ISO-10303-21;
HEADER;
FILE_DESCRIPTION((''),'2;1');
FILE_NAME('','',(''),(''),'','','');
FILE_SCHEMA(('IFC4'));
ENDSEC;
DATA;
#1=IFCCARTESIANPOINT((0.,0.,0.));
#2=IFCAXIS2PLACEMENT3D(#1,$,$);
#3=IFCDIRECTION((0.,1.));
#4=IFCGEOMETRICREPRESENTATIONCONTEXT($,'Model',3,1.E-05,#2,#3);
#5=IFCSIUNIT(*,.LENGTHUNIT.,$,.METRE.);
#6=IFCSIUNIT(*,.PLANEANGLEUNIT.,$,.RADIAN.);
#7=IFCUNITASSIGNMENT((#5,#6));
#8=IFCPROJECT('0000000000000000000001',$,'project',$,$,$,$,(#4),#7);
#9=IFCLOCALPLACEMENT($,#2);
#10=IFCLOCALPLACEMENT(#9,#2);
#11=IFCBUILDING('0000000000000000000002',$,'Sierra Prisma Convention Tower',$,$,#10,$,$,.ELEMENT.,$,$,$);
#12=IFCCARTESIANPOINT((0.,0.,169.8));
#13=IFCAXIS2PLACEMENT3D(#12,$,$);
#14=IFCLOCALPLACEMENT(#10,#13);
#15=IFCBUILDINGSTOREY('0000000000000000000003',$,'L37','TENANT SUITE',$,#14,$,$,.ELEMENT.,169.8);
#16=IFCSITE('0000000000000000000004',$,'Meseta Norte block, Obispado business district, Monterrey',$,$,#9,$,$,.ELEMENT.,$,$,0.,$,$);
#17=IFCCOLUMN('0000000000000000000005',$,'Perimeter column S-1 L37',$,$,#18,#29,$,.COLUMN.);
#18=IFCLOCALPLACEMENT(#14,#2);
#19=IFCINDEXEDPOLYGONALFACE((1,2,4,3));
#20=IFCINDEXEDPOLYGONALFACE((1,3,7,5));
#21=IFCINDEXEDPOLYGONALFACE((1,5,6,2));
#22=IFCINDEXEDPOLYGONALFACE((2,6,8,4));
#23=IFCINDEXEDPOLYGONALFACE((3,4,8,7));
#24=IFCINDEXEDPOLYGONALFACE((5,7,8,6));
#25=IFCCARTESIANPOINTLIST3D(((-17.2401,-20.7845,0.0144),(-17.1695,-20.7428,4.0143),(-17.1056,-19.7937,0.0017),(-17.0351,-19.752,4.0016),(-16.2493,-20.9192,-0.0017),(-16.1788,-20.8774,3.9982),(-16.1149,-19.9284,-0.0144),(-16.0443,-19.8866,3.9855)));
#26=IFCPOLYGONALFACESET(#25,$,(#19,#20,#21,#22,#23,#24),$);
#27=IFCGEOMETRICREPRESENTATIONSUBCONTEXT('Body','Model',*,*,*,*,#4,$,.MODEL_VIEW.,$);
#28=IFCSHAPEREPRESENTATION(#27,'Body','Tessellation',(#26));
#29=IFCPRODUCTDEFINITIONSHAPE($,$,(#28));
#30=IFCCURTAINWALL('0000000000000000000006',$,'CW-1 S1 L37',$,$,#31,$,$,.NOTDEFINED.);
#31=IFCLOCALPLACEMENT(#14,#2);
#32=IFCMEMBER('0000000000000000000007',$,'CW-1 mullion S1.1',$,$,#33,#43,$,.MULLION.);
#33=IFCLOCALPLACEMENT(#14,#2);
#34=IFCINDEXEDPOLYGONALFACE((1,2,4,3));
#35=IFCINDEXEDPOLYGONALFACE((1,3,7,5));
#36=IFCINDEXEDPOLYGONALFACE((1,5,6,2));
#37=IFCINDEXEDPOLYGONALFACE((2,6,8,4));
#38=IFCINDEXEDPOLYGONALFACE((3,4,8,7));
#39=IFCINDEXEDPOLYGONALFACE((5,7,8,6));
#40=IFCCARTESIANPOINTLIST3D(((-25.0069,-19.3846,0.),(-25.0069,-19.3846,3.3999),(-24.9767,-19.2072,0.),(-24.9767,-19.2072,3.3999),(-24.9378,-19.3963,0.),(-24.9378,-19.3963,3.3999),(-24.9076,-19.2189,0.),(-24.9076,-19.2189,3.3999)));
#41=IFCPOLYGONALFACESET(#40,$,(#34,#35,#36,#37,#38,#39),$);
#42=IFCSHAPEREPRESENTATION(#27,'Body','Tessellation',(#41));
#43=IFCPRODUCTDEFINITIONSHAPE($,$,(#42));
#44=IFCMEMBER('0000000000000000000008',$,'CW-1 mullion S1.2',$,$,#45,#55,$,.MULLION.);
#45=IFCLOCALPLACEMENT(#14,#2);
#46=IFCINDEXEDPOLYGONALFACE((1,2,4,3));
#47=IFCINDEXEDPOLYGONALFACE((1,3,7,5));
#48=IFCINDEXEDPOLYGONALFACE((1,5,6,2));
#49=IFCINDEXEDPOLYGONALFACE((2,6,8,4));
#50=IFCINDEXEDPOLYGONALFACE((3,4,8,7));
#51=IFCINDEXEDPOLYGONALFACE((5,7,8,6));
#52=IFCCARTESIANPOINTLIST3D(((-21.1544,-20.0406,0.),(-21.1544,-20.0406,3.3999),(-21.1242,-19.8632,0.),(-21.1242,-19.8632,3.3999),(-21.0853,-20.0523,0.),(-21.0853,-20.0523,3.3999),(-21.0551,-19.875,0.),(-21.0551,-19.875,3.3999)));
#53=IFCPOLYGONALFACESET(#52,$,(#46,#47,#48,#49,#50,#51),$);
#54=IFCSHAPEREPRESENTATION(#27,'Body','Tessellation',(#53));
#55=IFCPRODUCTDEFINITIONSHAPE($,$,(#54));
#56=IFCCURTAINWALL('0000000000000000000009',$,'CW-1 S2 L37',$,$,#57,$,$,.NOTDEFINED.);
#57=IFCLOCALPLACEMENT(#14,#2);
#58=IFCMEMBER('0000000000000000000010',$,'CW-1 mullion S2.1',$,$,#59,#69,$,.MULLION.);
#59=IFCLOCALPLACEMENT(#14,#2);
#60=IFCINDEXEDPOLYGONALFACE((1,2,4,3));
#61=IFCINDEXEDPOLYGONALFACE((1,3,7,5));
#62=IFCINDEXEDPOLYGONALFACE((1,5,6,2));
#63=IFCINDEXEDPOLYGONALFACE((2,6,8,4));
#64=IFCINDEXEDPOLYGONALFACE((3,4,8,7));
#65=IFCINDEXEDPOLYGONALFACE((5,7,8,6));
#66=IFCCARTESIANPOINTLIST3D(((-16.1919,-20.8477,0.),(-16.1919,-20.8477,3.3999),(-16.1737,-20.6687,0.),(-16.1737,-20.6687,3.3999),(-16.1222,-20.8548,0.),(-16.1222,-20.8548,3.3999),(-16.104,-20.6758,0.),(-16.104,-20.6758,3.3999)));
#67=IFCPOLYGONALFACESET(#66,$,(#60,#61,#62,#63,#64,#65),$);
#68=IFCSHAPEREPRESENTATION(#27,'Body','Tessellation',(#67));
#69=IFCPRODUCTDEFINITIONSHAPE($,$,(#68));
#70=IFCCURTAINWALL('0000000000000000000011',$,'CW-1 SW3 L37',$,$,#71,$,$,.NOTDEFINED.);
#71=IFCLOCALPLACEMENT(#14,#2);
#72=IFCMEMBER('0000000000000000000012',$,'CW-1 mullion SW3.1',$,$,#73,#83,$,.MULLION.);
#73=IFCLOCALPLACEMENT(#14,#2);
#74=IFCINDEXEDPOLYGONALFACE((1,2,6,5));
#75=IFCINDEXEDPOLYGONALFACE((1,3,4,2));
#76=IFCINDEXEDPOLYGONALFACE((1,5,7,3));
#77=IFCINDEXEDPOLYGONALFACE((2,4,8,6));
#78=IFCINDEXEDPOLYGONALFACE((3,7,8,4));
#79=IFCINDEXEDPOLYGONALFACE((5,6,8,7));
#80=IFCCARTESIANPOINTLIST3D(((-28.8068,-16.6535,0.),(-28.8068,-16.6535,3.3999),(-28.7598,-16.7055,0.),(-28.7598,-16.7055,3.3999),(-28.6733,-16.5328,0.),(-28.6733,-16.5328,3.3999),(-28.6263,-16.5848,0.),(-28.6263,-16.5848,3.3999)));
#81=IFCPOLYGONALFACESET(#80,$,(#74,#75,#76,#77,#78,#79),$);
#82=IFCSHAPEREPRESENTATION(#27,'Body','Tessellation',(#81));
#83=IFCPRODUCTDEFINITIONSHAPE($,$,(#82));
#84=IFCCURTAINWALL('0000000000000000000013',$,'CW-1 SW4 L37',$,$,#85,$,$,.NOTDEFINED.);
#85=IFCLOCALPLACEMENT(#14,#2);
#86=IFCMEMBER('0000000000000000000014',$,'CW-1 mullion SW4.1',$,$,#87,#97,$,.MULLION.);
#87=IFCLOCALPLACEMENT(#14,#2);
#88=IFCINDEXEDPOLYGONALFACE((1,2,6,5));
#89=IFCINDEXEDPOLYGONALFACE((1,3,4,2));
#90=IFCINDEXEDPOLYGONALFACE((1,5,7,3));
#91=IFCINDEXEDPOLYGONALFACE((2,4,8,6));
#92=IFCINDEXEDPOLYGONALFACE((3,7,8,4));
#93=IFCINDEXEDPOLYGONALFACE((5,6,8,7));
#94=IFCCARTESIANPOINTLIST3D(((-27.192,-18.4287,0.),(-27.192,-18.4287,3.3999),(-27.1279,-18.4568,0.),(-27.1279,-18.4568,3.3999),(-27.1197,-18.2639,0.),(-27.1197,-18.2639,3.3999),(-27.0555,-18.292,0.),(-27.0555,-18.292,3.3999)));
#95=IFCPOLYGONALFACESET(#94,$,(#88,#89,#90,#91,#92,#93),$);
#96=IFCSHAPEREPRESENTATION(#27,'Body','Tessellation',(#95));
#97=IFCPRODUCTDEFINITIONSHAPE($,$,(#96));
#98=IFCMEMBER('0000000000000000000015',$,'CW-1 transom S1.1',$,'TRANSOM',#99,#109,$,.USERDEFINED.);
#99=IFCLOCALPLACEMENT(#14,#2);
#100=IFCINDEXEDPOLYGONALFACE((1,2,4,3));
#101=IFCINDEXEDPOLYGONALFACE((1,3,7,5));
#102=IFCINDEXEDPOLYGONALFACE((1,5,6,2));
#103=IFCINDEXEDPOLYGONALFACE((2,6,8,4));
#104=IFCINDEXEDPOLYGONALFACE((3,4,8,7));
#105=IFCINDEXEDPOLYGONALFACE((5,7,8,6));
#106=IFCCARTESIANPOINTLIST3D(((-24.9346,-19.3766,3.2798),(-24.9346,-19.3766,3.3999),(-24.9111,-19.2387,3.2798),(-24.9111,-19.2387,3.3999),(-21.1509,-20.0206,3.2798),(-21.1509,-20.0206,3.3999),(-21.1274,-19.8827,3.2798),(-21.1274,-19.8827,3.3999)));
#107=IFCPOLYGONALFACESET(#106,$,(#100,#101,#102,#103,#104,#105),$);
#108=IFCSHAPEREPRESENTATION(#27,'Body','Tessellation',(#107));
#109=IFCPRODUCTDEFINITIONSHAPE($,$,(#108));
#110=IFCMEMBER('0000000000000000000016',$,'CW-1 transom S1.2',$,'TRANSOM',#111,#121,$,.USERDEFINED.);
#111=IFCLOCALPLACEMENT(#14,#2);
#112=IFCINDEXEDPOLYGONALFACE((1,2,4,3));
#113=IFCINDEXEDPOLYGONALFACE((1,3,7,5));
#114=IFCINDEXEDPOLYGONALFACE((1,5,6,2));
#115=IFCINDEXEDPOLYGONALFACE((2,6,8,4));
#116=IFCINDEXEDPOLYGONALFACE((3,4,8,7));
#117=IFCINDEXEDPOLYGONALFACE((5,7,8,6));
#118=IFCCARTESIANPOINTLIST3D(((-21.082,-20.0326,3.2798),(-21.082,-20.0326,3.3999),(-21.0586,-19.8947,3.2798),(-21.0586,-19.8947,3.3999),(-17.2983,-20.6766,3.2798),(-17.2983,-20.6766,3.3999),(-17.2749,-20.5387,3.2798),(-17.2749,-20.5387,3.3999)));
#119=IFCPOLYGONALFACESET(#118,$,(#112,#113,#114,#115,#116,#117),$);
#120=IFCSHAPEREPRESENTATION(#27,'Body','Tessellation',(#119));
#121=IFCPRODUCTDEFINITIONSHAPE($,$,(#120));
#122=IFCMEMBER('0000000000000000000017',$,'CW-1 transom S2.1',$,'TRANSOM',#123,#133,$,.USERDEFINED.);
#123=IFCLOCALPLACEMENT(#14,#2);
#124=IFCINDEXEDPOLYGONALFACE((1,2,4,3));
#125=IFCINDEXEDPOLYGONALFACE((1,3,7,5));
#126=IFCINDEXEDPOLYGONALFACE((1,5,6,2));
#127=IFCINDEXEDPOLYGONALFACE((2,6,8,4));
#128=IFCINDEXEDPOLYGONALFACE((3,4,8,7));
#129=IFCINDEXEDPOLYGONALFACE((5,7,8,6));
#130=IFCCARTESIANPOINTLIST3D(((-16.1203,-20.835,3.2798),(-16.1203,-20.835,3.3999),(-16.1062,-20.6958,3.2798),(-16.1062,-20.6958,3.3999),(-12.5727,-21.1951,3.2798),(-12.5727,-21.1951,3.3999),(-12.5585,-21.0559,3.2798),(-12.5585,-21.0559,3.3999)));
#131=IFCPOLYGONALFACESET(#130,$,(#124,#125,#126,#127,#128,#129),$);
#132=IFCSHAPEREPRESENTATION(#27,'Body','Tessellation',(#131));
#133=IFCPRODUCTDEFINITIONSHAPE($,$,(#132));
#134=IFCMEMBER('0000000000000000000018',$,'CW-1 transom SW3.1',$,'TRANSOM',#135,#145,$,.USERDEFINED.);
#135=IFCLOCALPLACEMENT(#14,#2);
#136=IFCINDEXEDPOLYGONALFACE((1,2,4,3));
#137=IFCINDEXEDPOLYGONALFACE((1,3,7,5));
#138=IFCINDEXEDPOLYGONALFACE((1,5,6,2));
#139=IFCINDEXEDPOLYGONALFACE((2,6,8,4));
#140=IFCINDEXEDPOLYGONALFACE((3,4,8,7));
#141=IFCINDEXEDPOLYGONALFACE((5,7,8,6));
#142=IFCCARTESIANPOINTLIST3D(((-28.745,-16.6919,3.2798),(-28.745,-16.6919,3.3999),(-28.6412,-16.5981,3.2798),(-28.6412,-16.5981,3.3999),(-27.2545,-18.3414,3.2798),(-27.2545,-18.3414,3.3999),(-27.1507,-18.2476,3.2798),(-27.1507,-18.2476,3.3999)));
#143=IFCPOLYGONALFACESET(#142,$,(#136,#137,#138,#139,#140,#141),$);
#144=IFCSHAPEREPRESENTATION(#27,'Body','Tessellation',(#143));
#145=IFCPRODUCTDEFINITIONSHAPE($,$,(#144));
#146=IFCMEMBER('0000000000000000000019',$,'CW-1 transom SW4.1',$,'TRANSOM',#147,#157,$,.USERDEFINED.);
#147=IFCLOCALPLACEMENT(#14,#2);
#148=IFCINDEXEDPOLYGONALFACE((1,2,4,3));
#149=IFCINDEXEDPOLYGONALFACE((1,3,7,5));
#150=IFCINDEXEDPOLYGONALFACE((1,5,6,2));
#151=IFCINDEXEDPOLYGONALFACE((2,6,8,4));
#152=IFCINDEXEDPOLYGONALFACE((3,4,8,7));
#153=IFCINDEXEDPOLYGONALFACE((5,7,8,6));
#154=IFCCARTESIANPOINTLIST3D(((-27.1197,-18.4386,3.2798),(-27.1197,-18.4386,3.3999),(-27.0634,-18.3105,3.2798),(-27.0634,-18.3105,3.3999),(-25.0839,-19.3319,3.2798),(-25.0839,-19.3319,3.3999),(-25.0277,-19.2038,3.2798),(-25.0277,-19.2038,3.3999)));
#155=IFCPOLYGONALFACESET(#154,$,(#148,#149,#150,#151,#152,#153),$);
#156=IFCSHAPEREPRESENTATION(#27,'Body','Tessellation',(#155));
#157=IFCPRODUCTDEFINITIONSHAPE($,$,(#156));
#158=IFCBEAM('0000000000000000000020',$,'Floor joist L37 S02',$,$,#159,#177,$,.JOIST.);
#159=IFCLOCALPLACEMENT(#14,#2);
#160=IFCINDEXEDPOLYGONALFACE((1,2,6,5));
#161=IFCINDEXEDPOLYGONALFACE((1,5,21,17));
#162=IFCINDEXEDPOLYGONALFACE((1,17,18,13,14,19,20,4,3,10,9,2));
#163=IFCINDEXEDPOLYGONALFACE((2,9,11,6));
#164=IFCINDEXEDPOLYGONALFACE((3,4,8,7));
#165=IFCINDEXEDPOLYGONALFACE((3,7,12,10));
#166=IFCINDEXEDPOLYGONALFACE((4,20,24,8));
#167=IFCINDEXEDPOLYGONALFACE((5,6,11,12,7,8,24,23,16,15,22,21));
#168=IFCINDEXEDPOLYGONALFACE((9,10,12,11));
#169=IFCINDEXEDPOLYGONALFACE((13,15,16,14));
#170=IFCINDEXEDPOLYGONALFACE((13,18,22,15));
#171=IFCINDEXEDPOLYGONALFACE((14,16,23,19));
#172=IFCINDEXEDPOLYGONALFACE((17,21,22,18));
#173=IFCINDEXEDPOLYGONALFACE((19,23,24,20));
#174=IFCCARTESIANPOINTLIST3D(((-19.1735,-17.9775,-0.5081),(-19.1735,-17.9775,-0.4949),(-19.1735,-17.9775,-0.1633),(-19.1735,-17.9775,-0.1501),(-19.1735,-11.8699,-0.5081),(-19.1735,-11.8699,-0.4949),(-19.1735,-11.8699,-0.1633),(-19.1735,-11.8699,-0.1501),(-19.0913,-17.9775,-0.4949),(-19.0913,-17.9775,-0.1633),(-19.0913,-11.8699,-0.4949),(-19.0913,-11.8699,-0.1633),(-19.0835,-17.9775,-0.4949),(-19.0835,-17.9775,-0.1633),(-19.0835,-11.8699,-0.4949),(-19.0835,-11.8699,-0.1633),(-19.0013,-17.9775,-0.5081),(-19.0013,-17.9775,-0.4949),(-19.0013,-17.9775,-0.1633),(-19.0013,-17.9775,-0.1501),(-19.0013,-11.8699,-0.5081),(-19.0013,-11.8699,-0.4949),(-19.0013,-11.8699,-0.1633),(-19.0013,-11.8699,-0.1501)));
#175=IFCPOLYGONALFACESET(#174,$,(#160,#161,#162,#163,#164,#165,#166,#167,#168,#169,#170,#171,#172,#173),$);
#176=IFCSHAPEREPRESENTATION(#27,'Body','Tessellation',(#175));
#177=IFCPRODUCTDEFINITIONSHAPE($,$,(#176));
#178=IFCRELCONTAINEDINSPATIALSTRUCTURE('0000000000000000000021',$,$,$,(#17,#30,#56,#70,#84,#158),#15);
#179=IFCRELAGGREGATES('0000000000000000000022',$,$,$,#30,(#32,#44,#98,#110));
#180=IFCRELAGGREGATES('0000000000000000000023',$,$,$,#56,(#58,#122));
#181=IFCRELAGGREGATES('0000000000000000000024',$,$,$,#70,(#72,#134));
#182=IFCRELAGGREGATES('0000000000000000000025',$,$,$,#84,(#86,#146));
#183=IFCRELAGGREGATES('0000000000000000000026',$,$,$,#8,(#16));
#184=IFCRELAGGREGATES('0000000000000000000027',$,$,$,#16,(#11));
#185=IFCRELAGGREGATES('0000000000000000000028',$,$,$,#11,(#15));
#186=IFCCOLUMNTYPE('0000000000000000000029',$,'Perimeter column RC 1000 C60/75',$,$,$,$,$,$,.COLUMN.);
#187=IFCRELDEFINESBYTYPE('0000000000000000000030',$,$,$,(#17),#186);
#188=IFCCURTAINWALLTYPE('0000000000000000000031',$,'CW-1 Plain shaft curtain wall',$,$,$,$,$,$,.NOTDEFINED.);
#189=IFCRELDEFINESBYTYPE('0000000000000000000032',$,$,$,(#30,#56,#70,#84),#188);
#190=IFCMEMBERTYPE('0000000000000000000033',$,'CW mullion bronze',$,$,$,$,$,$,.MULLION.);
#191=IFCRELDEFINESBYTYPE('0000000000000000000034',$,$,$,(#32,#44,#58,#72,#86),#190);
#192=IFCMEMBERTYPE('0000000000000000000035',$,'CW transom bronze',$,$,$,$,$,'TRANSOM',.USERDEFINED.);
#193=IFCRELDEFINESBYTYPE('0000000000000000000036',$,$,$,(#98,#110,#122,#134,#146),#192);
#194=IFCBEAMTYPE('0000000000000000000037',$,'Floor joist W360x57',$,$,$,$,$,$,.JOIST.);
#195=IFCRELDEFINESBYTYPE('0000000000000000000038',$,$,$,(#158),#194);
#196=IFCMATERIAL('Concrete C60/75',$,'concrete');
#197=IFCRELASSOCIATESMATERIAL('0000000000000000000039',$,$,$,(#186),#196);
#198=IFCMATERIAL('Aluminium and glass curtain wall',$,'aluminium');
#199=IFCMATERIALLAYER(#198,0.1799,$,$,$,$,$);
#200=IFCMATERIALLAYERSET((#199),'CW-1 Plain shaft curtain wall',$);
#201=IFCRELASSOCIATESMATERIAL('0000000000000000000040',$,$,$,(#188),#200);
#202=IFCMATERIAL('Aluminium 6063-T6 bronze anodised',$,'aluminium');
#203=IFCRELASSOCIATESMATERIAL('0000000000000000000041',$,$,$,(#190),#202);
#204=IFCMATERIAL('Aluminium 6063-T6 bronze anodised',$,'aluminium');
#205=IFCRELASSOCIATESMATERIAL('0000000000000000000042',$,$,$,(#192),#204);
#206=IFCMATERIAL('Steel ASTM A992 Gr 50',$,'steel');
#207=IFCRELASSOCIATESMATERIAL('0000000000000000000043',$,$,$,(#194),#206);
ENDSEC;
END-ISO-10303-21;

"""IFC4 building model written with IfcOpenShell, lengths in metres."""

from ifc_helpers import new_model, si_unit, direction, frame, origin, origin_2d, place, context, subcontext, project, spatial, rectangle, i_section, extrude, material, layer, layer_set, material_profile, profile_set, type_object, element, aggregate, save


model = new_model("IFC4")

# Units and contexts
model_context = context("Model", 3, precision=1e-05, world=origin(), true_north=direction((0.0, 1.0)))
body_context = subcontext(model_context, "Body", "Model", "MODEL_VIEW")
ifc_project = project(units=[si_unit("LENGTHUNIT", "METRE"), si_unit("PLANEANGLEUNIT", "RADIAN")], contexts=[model_context])

# Site, building, storey
site_placement = place(None, origin())
site = spatial("IfcSite", under=ifc_project, at=site_placement, Name="Meseta Norte block, Obispado business district, Monterrey", CompositionType="ELEMENT", RefElevation=0.0)
building_placement = place(site_placement, origin())
building = spatial("IfcBuilding", under=site, at=building_placement, Name="Sierra Prisma Convention Tower", CompositionType="ELEMENT")
storey_placement = place(building_placement, frame((0.0, 0.0, 169.8)))
storey = spatial("IfcBuildingStorey", under=building, at=storey_placement, Name="L37", Description="TENANT SUITE", CompositionType="ELEMENT", Elevation=169.8)

# Column
ifc_material_1 = material(Name="Concrete C60/75", Category="concrete")
ifc_material_profile_1 = material_profile(ifc_material_1, rectangle(XDim=1.0, YDim=1.0, at=origin_2d()), Name="Perimeter column RC 1000 C60/75")
ifc_profile_set_1 = profile_set([ifc_material_profile_1], Name="Concrete C60/75")
column_type = type_object("IfcColumnType", Name="Perimeter column RC 1000 C60/75", PredefinedType="COLUMN", material=ifc_profile_set_1)
column_placement = place(storey_placement, frame((-16.6775, -20.3564, 0.0), z_axis=(0.017635, 0.010435, 0.99979), x_axis=(-0.990763, 0.134649, 0.016071)))
element("IfcColumn", 1, at=column_placement, inside=storey, type_object=column_type, Name="Perimeter column S-1 L37", PredefinedType="COLUMN", context=body_context, shape_type="SweptSolid", body=[
    extrude(rectangle(XDim=1.0, YDim=1.0, at=origin_2d()), origin(), (0.0, 0.0, 1.0), 4.0007),
])

# Curtain wall, members
ifc_material_2 = material(Name="Aluminium and glass curtain wall", Category="aluminium")
ifc_layer_1 = layer(ifc_material_2, 0.1799)
ifc_layer_set_1 = layer_set([ifc_layer_1], Name="CW-1 Plain shaft curtain wall")
curtain_wall_type = type_object("IfcCurtainWallType", Name="CW-1 Plain shaft curtain wall", PredefinedType="NOTDEFINED", material=ifc_layer_set_1)
curtain_wall_1_placement = place(storey_placement, origin())
curtain_wall_1 = element("IfcCurtainWall", 2, at=curtain_wall_1_placement, inside=storey, type_object=curtain_wall_type, Name="CW-1 S1 L37", PredefinedType="NOTDEFINED")
ifc_material_3 = material(Name="Aluminium 6063-T6 bronze anodised", Category="aluminium")
ifc_material_profile_2 = material_profile(ifc_material_3, rectangle(XDim=0.1799, YDim=0.0701, at=origin_2d()), Name="ALU MULLION 70x180")
ifc_profile_set_2 = profile_set([ifc_material_profile_2], Name="Aluminium 6063-T6 bronze anodised")
member_type_1 = type_object("IfcMemberType", Name="CW mullion bronze", PredefinedType="MULLION", material=ifc_profile_set_2)
member_1_placement = place(storey_placement, frame((-24.9573, -19.3018, 0.0), z_axis=(0.0, 0.0, 1.0), x_axis=(0.167805, 0.98582, 0.0)))
member_1 = element("IfcMember", 3, at=member_1_placement, type_object=member_type_1, Name="CW-1 mullion S1.1", PredefinedType="MULLION", context=body_context, shape_type="SweptSolid", body=[
    extrude(rectangle(XDim=0.1799, YDim=0.0701, at=origin_2d()), origin(), (0.0, 0.0, 1.0), 3.3999),
])
member_2_placement = place(storey_placement, frame((-21.1047, -19.9578, 0.0), z_axis=(0.0, 0.0, 1.0), x_axis=(0.167805, 0.98582, 0.0)))
member_2 = element("IfcMember", 4, at=member_2_placement, type_object=member_type_1, Name="CW-1 mullion S1.2", PredefinedType="MULLION", context=body_context, shape_type="SweptSolid", body=[
    extrude(rectangle(XDim=0.1799, YDim=0.0701, at=origin_2d()), origin(), (0.0, 0.0, 1.0), 3.3999),
])

# Curtain walls, members
curtain_wall_2_placement = place(storey_placement, origin())
curtain_wall_2 = element("IfcCurtainWall", 5, at=curtain_wall_2_placement, inside=storey, type_object=curtain_wall_type, Name="CW-1 S2 L37", PredefinedType="NOTDEFINED")
member_3_placement = place(storey_placement, frame((-16.1479, -20.7617, 0.0), z_axis=(0.0, 0.0, 1.0), x_axis=(0.100989, 0.994888, 0.0)))
member_3 = element("IfcMember", 6, at=member_3_placement, type_object=member_type_1, Name="CW-1 mullion S2.1", PredefinedType="MULLION", context=body_context, shape_type="SweptSolid", body=[
    extrude(rectangle(XDim=0.1799, YDim=0.0701, at=origin_2d()), origin(), (0.0, 0.0, 1.0), 3.3999),
])
curtain_wall_3_placement = place(storey_placement, origin())
curtain_wall_3 = element("IfcCurtainWall", 7, at=curtain_wall_3_placement, inside=storey, type_object=curtain_wall_type, Name="CW-1 SW3 L37", PredefinedType="NOTDEFINED")
member_4_placement = place(storey_placement, frame((-28.7166, -16.6191, 0.0), z_axis=(0.0, 0.0, 1.0), x_axis=(0.741953, 0.670452, 0.0)))
member_4 = element("IfcMember", 8, at=member_4_placement, type_object=member_type_1, Name="CW-1 mullion SW3.1", PredefinedType="MULLION", context=body_context, shape_type="SweptSolid", body=[
    extrude(rectangle(XDim=0.1799, YDim=0.0701, at=origin_2d()), origin(), (0.0, 0.0, 1.0), 3.3999),
])
curtain_wall_4_placement = place(storey_placement, origin())
curtain_wall_4 = element("IfcCurtainWall", 9, at=curtain_wall_4_placement, inside=storey, type_object=curtain_wall_type, Name="CW-1 SW4 L37", PredefinedType="NOTDEFINED")
member_5_placement = place(storey_placement, frame((-27.1238, -18.3604, 0.0), z_axis=(0.0, 0.0, 1.0), x_axis=(0.401855, 0.915703, 0.0)))
member_5 = element("IfcMember", 10, at=member_5_placement, type_object=member_type_1, Name="CW-1 mullion SW4.1", PredefinedType="MULLION", context=body_context, shape_type="SweptSolid", body=[
    extrude(rectangle(XDim=0.1799, YDim=0.0701, at=origin_2d()), origin(), (0.0, 0.0, 1.0), 3.3999),
])

# Members
ifc_material_4 = material(Name="Aluminium 6063-T6 bronze anodised", Category="aluminium")
ifc_material_profile_3 = material_profile(ifc_material_4, rectangle(XDim=0.1399, YDim=0.1201, at=origin_2d()), Name="ALU TRANSOM 120x140")
ifc_profile_set_3 = profile_set([ifc_material_profile_3], Name="Aluminium 6063-T6 bronze anodised")
member_type_2 = type_object("IfcMemberType", Name="CW transom bronze", ElementType="TRANSOM", PredefinedType="USERDEFINED", material=ifc_profile_set_3)
member_6_placement = place(storey_placement, frame((-24.9229, -19.3076, 3.3398), z_axis=(0.985821, -0.167802, 0.0), x_axis=(0.167802, 0.985821, 0.0)))
member_6 = element("IfcMember", 11, at=member_6_placement, type_object=member_type_2, Name="CW-1 transom S1.1", ObjectType="TRANSOM", PredefinedType="USERDEFINED", context=body_context, shape_type="SweptSolid", body=[
    extrude(rectangle(XDim=0.1399, YDim=0.1201, at=origin_2d()), origin(), (0.0, 0.0, 1.0), 3.8381),
])
member_7_placement = place(storey_placement, frame((-21.0703, -19.9636, 3.3398), z_axis=(0.985821, -0.167802, 0.0), x_axis=(0.167802, 0.985821, 0.0)))
member_7 = element("IfcMember", 12, at=member_7_placement, type_object=member_type_2, Name="CW-1 transom S1.2", ObjectType="TRANSOM", PredefinedType="USERDEFINED", context=body_context, shape_type="SweptSolid", body=[
    extrude(rectangle(XDim=0.1399, YDim=0.1201, at=origin_2d()), origin(), (0.0, 0.0, 1.0), 3.8381),
])
member_8_placement = place(storey_placement, frame((-16.1133, -20.7654, 3.3398), z_axis=(0.994888, -0.100988, 0.0), x_axis=(0.100988, 0.994888, 0.0)))
member_8 = element("IfcMember", 13, at=member_8_placement, type_object=member_type_2, Name="CW-1 transom S2.1", ObjectType="TRANSOM", PredefinedType="USERDEFINED", context=body_context, shape_type="SweptSolid", body=[
    extrude(rectangle(XDim=0.1399, YDim=0.1201, at=origin_2d()), origin(), (0.0, 0.0, 1.0), 3.5659),
])
member_9_placement = place(storey_placement, frame((-28.6931, -16.645, 3.3398), z_axis=(0.670456, -0.741949, 0.0), x_axis=(0.741949, 0.670456, 0.0)))
member_9 = element("IfcMember", 14, at=member_9_placement, type_object=member_type_2, Name="CW-1 transom SW3.1", ObjectType="TRANSOM", PredefinedType="USERDEFINED", context=body_context, shape_type="SweptSolid", body=[
    extrude(rectangle(XDim=0.1399, YDim=0.1201, at=origin_2d()), origin(), (0.0, 0.0, 1.0), 2.2231),
])
member_10_placement = place(storey_placement, frame((-27.0916, -18.3745, 3.3398), z_axis=(0.915708, -0.401844, 0.0), x_axis=(0.401844, 0.915708, 0.0)))
member_10 = element("IfcMember", 15, at=member_10_placement, type_object=member_type_2, Name="CW-1 transom SW4.1", ObjectType="TRANSOM", PredefinedType="USERDEFINED", context=body_context, shape_type="SweptSolid", body=[
    extrude(rectangle(XDim=0.1399, YDim=0.1201, at=origin_2d()), origin(), (0.0, 0.0, 1.0), 2.2231),
])

# Beam
ifc_material_5 = material(Name="Steel ASTM A992 Gr 50", Category="steel")
ifc_material_profile_4 = material_profile(ifc_material_5, i_section(OverallWidth=0.1721, OverallDepth=0.3579, WebThickness=0.0078, FlangeThickness=0.0132, at=origin_2d()), Name="W360x57")
ifc_profile_set_4 = profile_set([ifc_material_profile_4], Name="Steel ASTM A992 Gr 50")
beam_type_1 = type_object("IfcBeamType", Name="Floor joist W360x57", PredefinedType="JOIST", material=ifc_profile_set_4)
beam_1_placement = place(storey_placement, frame((-19.0874, -17.9775, -0.3291), z_axis=(0.0, 1.0, 0.0), x_axis=(-1.0, 0.0, 0.0)))
element("IfcBeam", 16, at=beam_1_placement, inside=storey, type_object=beam_type_1, Name="Floor joist L37 S02", PredefinedType="JOIST", context=body_context, shape_type="SweptSolid", body=[
    extrude(i_section(OverallWidth=0.1721, OverallDepth=0.3579, WebThickness=0.0078, FlangeThickness=0.0132, at=origin_2d()), origin(), (0.0, 0.0, 1.0), 6.1077),
])

aggregate(curtain_wall_1, [member_1, member_2, member_6, member_7])
aggregate(curtain_wall_2, [member_3, member_8])

aggregate(curtain_wall_3, [member_4, member_9])
aggregate(curtain_wall_4, [member_5, member_10])

save(model, "model.ifc")
